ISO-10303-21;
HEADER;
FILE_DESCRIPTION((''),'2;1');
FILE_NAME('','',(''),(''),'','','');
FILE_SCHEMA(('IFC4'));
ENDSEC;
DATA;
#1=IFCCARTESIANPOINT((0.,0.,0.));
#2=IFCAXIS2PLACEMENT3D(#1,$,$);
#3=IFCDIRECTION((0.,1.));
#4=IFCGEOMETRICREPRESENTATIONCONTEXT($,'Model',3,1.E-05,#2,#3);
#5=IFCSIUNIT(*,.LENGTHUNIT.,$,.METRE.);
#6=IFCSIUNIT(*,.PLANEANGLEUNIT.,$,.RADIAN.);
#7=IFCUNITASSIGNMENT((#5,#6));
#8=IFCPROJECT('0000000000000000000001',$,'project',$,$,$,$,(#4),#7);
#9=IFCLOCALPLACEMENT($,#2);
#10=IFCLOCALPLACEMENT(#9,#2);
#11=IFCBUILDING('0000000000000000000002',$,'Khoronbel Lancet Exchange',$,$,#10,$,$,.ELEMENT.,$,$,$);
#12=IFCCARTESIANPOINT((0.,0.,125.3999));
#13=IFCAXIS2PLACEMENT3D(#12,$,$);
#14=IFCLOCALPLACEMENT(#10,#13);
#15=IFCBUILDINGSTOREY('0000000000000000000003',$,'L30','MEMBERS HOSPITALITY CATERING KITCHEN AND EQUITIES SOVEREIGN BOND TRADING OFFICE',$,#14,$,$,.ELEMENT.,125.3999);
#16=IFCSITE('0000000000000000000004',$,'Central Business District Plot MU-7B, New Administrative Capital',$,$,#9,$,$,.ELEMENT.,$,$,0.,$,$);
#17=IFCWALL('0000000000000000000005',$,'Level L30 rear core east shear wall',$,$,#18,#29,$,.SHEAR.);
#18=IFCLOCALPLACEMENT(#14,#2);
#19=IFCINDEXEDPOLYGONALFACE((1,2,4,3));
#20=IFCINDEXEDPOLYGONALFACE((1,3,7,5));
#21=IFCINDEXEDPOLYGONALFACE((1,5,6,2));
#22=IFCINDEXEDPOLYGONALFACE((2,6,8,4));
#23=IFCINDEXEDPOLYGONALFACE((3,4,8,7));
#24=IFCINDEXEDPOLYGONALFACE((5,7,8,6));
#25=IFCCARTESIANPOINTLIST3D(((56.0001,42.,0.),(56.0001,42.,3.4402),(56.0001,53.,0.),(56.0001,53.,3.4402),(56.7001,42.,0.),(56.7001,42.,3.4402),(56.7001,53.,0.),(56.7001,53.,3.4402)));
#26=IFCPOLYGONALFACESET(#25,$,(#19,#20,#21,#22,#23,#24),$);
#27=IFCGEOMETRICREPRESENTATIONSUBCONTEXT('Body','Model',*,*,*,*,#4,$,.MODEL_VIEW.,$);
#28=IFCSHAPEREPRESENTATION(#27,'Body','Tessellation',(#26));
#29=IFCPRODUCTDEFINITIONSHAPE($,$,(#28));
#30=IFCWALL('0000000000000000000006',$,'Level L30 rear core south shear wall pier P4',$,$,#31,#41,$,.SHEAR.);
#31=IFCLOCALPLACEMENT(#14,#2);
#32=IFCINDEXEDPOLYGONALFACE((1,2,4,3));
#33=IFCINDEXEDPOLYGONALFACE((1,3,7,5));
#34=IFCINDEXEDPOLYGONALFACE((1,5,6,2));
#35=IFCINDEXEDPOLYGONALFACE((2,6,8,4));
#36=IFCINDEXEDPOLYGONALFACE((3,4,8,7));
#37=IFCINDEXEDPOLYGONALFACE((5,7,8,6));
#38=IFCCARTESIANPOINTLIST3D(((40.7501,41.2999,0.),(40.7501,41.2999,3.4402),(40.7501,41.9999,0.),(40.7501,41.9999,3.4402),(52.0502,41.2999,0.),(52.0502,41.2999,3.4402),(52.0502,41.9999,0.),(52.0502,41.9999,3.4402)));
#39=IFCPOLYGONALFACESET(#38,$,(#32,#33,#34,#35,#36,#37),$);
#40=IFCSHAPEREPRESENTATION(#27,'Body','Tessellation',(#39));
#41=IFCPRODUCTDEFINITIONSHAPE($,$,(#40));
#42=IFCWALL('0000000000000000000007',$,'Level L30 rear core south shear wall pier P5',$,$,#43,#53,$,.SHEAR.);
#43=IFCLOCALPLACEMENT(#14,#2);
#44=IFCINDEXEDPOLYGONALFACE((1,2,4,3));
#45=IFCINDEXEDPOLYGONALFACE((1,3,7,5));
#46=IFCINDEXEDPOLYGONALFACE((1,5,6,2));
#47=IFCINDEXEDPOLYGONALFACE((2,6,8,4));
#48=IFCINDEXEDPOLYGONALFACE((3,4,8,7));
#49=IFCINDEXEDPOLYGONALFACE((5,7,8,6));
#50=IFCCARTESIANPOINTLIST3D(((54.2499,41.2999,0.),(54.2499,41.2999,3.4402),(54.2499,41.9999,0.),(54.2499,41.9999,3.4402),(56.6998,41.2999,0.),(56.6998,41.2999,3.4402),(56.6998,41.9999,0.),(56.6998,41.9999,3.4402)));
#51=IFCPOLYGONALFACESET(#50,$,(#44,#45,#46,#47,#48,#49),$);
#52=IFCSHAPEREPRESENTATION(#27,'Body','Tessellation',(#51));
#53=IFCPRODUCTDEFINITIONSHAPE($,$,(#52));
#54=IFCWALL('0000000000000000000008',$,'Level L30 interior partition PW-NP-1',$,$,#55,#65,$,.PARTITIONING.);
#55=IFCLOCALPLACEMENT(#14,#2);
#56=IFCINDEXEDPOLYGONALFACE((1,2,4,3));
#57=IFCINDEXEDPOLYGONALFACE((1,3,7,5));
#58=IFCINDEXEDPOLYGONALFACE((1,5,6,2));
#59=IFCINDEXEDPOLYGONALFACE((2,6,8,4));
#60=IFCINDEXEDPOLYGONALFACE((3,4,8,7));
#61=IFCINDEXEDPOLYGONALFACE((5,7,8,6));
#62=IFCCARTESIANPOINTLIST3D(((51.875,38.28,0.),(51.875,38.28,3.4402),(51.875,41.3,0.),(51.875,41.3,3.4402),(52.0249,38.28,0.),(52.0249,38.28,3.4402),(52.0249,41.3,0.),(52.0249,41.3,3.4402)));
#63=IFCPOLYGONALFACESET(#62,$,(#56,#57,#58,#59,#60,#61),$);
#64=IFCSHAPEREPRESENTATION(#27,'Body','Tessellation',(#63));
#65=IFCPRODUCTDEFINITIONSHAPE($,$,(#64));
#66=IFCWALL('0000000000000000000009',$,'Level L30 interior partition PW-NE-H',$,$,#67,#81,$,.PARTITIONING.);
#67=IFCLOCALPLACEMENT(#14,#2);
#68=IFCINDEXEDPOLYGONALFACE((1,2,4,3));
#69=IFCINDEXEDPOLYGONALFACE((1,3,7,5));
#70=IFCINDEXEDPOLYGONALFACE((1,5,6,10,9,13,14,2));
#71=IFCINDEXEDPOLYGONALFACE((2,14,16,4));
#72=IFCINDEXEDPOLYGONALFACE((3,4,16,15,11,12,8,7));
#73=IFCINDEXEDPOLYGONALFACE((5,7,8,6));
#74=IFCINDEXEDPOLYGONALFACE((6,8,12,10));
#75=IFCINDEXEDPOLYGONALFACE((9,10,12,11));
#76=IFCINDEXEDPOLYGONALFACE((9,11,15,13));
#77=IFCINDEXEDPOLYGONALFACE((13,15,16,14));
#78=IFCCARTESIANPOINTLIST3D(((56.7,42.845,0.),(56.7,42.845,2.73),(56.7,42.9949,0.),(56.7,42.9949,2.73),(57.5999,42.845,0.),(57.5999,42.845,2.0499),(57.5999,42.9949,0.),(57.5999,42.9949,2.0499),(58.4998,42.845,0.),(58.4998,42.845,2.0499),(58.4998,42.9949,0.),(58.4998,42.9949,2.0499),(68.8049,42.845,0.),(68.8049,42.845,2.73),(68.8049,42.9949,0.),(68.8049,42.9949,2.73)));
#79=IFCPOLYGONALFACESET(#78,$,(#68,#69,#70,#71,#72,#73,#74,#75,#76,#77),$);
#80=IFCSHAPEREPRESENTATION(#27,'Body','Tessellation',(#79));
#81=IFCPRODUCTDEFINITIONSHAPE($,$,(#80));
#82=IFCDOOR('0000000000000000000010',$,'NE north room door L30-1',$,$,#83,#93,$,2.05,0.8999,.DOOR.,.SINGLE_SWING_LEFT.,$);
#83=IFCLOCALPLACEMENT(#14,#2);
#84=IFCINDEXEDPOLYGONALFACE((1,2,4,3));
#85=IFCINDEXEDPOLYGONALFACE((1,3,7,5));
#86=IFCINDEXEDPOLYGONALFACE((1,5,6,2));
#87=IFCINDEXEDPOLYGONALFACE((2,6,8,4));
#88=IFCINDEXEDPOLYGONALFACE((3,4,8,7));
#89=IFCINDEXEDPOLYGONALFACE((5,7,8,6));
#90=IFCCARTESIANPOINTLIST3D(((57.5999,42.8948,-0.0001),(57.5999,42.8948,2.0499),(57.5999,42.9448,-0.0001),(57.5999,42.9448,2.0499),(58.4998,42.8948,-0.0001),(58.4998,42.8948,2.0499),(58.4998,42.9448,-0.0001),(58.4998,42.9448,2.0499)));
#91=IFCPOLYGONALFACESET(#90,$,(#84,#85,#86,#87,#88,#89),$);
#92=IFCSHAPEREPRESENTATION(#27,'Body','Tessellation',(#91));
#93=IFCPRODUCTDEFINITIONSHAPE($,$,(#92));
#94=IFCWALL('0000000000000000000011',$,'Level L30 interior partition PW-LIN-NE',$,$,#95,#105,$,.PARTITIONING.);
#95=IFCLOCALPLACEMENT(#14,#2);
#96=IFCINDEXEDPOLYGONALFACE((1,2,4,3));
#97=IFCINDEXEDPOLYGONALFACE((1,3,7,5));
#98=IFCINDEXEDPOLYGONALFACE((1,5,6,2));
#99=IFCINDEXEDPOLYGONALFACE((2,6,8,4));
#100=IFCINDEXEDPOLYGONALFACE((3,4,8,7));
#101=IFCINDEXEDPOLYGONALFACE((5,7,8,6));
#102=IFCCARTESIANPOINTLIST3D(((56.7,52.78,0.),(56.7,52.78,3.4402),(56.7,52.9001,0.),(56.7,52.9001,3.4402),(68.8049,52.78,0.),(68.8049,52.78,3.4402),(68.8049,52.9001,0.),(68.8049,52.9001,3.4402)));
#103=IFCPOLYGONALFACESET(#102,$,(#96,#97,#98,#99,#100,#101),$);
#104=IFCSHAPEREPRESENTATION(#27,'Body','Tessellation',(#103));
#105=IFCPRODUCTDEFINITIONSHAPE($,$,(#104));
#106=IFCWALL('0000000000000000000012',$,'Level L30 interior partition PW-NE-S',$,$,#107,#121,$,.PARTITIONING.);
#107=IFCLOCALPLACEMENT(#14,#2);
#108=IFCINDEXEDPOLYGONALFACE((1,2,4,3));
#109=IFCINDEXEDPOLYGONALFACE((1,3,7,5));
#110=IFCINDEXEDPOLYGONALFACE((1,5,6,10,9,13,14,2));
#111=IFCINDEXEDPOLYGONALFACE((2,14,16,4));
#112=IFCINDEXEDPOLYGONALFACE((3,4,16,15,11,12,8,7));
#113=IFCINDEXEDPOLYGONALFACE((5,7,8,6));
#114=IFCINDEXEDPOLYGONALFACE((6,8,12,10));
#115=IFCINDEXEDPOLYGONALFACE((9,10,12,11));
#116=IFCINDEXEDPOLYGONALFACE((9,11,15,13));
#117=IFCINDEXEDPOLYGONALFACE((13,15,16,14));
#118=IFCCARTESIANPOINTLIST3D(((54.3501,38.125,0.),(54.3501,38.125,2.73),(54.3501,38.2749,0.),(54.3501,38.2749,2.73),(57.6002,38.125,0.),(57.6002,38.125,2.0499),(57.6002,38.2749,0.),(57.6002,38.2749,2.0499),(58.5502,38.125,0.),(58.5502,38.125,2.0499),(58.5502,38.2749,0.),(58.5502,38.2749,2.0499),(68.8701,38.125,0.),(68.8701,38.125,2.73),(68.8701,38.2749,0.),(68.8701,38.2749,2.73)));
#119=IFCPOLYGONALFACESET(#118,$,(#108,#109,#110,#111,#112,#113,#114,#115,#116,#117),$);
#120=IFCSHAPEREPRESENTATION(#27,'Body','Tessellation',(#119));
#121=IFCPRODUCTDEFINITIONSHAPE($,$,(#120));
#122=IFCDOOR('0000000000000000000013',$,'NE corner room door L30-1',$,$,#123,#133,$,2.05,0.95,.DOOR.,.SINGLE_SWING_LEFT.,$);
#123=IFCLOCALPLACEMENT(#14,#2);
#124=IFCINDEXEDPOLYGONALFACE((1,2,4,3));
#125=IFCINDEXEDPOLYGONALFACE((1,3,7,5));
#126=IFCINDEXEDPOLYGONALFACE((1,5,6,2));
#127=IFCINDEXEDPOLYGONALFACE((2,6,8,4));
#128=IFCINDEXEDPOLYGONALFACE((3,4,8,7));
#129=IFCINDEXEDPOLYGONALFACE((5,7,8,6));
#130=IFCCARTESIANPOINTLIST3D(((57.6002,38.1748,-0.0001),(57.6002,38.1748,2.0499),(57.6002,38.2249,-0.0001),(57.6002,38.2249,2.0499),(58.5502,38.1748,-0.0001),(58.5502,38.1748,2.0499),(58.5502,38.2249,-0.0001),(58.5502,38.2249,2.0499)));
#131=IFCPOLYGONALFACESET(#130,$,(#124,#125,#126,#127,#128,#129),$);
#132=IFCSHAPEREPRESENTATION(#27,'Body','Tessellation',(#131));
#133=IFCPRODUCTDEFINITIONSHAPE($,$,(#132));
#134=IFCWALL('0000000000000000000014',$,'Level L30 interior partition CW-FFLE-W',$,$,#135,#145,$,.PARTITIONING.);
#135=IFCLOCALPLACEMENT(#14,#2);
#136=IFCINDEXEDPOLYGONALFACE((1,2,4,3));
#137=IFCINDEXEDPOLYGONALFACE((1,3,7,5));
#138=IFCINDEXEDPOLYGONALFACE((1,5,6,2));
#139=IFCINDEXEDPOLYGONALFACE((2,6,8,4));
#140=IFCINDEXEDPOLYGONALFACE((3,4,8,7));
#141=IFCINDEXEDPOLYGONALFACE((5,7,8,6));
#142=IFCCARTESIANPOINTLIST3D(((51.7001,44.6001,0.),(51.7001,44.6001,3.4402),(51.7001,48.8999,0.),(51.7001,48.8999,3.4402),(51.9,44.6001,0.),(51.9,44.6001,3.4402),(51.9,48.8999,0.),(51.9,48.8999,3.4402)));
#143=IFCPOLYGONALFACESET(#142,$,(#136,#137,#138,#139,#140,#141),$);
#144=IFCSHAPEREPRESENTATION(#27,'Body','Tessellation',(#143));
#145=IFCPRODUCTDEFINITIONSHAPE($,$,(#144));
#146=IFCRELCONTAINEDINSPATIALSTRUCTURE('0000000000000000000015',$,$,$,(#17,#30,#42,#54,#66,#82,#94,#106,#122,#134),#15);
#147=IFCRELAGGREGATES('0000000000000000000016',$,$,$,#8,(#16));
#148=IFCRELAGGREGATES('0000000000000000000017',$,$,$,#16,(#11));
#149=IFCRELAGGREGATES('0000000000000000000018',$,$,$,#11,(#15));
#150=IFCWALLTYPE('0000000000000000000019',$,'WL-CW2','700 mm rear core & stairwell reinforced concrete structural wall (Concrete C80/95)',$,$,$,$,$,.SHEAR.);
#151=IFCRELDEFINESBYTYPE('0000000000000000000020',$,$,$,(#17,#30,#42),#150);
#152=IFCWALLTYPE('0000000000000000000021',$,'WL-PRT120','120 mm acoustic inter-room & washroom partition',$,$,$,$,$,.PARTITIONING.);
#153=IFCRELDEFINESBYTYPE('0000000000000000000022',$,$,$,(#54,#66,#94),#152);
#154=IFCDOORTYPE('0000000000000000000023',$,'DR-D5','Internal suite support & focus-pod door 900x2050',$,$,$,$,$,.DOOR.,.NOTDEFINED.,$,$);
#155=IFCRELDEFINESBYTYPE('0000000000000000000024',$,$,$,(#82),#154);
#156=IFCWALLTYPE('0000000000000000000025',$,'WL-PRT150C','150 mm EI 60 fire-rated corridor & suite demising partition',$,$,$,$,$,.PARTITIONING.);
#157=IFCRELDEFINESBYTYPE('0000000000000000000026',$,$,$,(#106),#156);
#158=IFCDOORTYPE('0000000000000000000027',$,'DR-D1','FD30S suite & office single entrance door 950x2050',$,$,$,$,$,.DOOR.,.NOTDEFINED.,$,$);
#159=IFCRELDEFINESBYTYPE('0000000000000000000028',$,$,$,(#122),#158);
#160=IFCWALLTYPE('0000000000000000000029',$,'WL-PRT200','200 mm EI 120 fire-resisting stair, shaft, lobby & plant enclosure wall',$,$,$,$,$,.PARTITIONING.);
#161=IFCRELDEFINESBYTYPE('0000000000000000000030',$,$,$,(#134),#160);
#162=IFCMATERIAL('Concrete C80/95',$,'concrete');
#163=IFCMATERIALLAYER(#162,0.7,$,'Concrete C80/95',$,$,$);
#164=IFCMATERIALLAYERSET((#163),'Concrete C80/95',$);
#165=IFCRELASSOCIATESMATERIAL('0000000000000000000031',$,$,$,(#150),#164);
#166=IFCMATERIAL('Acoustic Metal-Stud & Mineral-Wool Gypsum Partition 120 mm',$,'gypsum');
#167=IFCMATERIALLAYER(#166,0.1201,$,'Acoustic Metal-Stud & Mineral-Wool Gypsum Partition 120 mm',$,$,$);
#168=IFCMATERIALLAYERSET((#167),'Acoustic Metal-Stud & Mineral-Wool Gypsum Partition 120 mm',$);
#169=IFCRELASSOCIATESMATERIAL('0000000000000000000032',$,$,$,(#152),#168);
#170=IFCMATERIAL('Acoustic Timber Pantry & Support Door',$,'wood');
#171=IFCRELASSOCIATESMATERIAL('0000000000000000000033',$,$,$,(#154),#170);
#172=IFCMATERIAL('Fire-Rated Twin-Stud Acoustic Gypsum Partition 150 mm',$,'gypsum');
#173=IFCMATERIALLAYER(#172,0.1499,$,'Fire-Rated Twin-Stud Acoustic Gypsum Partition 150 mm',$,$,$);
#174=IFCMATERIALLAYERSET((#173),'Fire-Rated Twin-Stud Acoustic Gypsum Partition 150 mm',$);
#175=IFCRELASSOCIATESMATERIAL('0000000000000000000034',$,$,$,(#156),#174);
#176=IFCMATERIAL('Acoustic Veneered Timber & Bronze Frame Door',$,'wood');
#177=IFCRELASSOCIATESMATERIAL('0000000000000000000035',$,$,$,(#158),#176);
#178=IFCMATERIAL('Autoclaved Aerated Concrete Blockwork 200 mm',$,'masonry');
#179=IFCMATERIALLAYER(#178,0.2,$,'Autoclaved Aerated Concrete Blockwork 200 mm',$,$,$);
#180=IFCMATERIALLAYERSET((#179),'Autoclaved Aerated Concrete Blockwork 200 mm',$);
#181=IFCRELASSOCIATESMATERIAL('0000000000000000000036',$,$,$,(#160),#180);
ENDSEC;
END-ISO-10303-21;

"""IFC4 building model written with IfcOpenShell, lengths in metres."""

from ifc_helpers import new_model, si_unit, direction, frame, frame_2d, origin, place, context, subcontext, project, spatial, rectangle, extrude, material, layer, layer_set, type_object, element, fill, save


model = new_model("IFC4")

# Units and contexts
model_context = context("Model", 3, precision=1e-05, world=origin(), true_north=direction((0.0, 1.0)))
body_context = subcontext(model_context, "Body", "Model", "MODEL_VIEW")
ifc_project = project(units=[si_unit("LENGTHUNIT", "METRE"), si_unit("PLANEANGLEUNIT", "RADIAN")], contexts=[model_context])

# Site, building, storey
site_placement = place(None, origin())
site = spatial("IfcSite", under=ifc_project, at=site_placement, Name="Central Business District Plot MU-7B, New Administrative Capital", CompositionType="ELEMENT", RefElevation=0.0)
building_placement = place(site_placement, origin())
building = spatial("IfcBuilding", under=site, at=building_placement, Name="Khoronbel Lancet Exchange", CompositionType="ELEMENT")
storey_placement = place(building_placement, frame((0.0, 0.0, 125.3999)))
storey = spatial("IfcBuildingStorey", under=building, at=storey_placement, Name="L30", Description="MEMBERS HOSPITALITY CATERING KITCHEN AND EQUITIES SOVEREIGN BOND TRADING OFFICE", CompositionType="ELEMENT", Elevation=125.3999)

# Shared definitions
ifc_material_1 = material(Name="Concrete C80/95", Category="concrete")

# Walls
ifc_layer_1 = layer(ifc_material_1, 0.7, Name="Concrete C80/95")
ifc_layer_set_1 = layer_set([ifc_layer_1], Name="Concrete C80/95")
wall_type_1 = type_object("IfcWallType", Name="WL-CW2", Description="700 mm rear core & stairwell reinforced concrete structural wall (Concrete C80/95)", PredefinedType="SHEAR", material=ifc_layer_set_1)
wall_1_placement = place(storey_placement, frame((56.3501, 53.0, 0.0), z_axis=(0.0, 0.0, 1.0), x_axis=(0.0, -1.0, 0.0)))
element("IfcWall", 1, at=wall_1_placement, inside=storey, type_object=wall_type_1, Name="Level L30 rear core east shear wall", PredefinedType="SHEAR", context=body_context, shape_type="SweptSolid", body=[
    extrude(rectangle(XDim=11.0, YDim=0.7, at=frame_2d((5.5, 0.0))), origin(), (0.0, 0.0, 1.0), 3.4402),
])
wall_2_placement = place(storey_placement, frame((52.05, 41.6499, 0.0), z_axis=(0.0, 0.0, 1.0), x_axis=(-1.0, 0.0, 0.0)))
element("IfcWall", 2, at=wall_2_placement, inside=storey, type_object=wall_type_1, Name="Level L30 rear core south shear wall pier P4", PredefinedType="SHEAR", context=body_context, shape_type="SweptSolid", body=[
    extrude(rectangle(XDim=11.3, YDim=0.7, at=frame_2d((5.6499, 0.0))), origin(), (0.0, 0.0, 1.0), 3.4402),
])
wall_3_placement = place(storey_placement, frame((56.7, 41.6499, 0.0), z_axis=(0.0, 0.0, 1.0), x_axis=(-1.0, 0.0, 0.0)))
element("IfcWall", 3, at=wall_3_placement, inside=storey, type_object=wall_type_1, Name="Level L30 rear core south shear wall pier P5", PredefinedType="SHEAR", context=body_context, shape_type="SweptSolid", body=[
    extrude(rectangle(XDim=2.45, YDim=0.7, at=frame_2d((1.2251, 0.0))), origin(), (0.0, 0.0, 1.0), 3.4402),
])
ifc_material_2 = material(Name="Acoustic Metal-Stud & Mineral-Wool Gypsum Partition 120 mm", Category="gypsum")
ifc_layer_2 = layer(ifc_material_2, 0.1201, Name="Acoustic Metal-Stud & Mineral-Wool Gypsum Partition 120 mm")
ifc_layer_set_2 = layer_set([ifc_layer_2], Name="Acoustic Metal-Stud & Mineral-Wool Gypsum Partition 120 mm")
wall_type_2 = type_object("IfcWallType", Name="WL-PRT120", Description="120 mm acoustic inter-room & washroom partition", PredefinedType="PARTITIONING", material=ifc_layer_set_2)
wall_4_placement = place(storey_placement, frame((51.95, 38.28, 0.0), z_axis=(0.0, 0.0, 1.0), x_axis=(0.0, 1.0, 0.0)))
element("IfcWall", 4, at=wall_4_placement, inside=storey, type_object=wall_type_2, Name="Level L30 interior partition PW-NP-1", PredefinedType="PARTITIONING", context=body_context, shape_type="SweptSolid", body=[
    extrude(rectangle(XDim=3.02, YDim=0.1499, at=frame_2d((1.51, 0.0))), origin(), (0.0, 0.0, 1.0), 3.4402),
])

# Wall, opening, door
wall_5_placement = place(storey_placement, frame((56.7, 42.9199, 0.0), z_axis=(0.0, 0.0, 1.0), x_axis=(1.0, 0.0, 0.0)))
wall_5 = element("IfcWall", 5, at=wall_5_placement, inside=storey, type_object=wall_type_2, Name="Level L30 interior partition PW-NE-H", PredefinedType="PARTITIONING", context=body_context, shape_type="SweptSolid", body=[
    extrude(rectangle(XDim=12.105, YDim=0.1499, at=frame_2d((6.0525, 0.0))), origin(), (0.0, 0.0, 1.0), 2.73),
])
opening_1_placement = place(wall_5_placement, frame((0.8999, 0.0, 0.0)))
opening_1 = element("IfcOpeningElement", 6, at=opening_1_placement, cuts=wall_5, PredefinedType="OPENING", context=body_context, shape_type="SweptSolid", body=[
    extrude(rectangle(XDim=0.8999, YDim=2.05, at=frame_2d((0.45, 1.0249))), frame((0.0, 0.085, 0.0), z_axis=(0.0, -1.0, 0.0), x_axis=(1.0, 0.0, 0.0)), (0.0, 0.0, 1.0), 0.1699),
])
ifc_material_3 = material(Name="Acoustic Timber Pantry & Support Door", Category="wood")
door_type_1 = type_object("IfcDoorType", Name="DR-D5", Description="Internal suite support & focus-pod door 900x2050", OperationType="NOTDEFINED", PredefinedType="DOOR", material=ifc_material_3)
door_1_placement = place(opening_1_placement, origin())
door_1 = element("IfcDoor", 7, at=door_1_placement, inside=storey, type_object=door_type_1, Name="NE north room door L30-1", OperationType="SINGLE_SWING_LEFT", OverallHeight=2.05, OverallWidth=0.8999, PredefinedType="DOOR", context=body_context, shape_type="SweptSolid", body=[
    extrude(rectangle(XDim=0.8999, YDim=2.05, at=frame_2d((0.45, 1.0249))), frame((0.0, 0.0249, 0.0), z_axis=(0.0, -1.0, 0.0), x_axis=(1.0, 0.0, 0.0)), (0.0, 0.0, 1.0), 0.05),
])
fill(opening_1, door_1)

# Wall
wall_6_placement = place(storey_placement, frame((56.7, 52.8401, 0.0), z_axis=(0.0, 0.0, 1.0), x_axis=(1.0, 0.0, 0.0)))
element("IfcWall", 8, at=wall_6_placement, inside=storey, type_object=wall_type_2, Name="Level L30 interior partition PW-LIN-NE", PredefinedType="PARTITIONING", context=body_context, shape_type="SweptSolid", body=[
    extrude(rectangle(XDim=12.105, YDim=0.1201, at=frame_2d((6.0525, 0.0))), origin(), (0.0, 0.0, 1.0), 3.4402),
])

# Wall, opening, door
ifc_material_4 = material(Name="Fire-Rated Twin-Stud Acoustic Gypsum Partition 150 mm", Category="gypsum")
ifc_layer_3 = layer(ifc_material_4, 0.1499, Name="Fire-Rated Twin-Stud Acoustic Gypsum Partition 150 mm")
ifc_layer_set_3 = layer_set([ifc_layer_3], Name="Fire-Rated Twin-Stud Acoustic Gypsum Partition 150 mm")
wall_type_3 = type_object("IfcWallType", Name="WL-PRT150C", Description="150 mm EI 60 fire-rated corridor & suite demising partition", PredefinedType="PARTITIONING", material=ifc_layer_set_3)
wall_7_placement = place(storey_placement, frame((54.3501, 38.2, 0.0), z_axis=(0.0, 0.0, 1.0), x_axis=(1.0, 0.0, 0.0)))
wall_7 = element("IfcWall", 9, at=wall_7_placement, inside=storey, type_object=wall_type_3, Name="Level L30 interior partition PW-NE-S", PredefinedType="PARTITIONING", context=body_context, shape_type="SweptSolid", body=[
    extrude(rectangle(XDim=14.52, YDim=0.1499, at=frame_2d((7.26, 0.0))), origin(), (0.0, 0.0, 1.0), 2.73),
])
opening_2_placement = place(wall_7_placement, frame((3.25, 0.0, 0.0)))
opening_2 = element("IfcOpeningElement", 10, at=opening_2_placement, cuts=wall_7, PredefinedType="OPENING", context=body_context, shape_type="SweptSolid", body=[
    extrude(rectangle(XDim=0.95, YDim=2.05, at=frame_2d((0.4751, 1.0249))), frame((0.0, 0.085, 0.0), z_axis=(0.0, -1.0, 0.0), x_axis=(1.0, 0.0, 0.0)), (0.0, 0.0, 1.0), 0.1699),
])
ifc_material_5 = material(Name="Acoustic Veneered Timber & Bronze Frame Door", Category="wood")
door_type_2 = type_object("IfcDoorType", Name="DR-D1", Description="FD30S suite & office single entrance door 950x2050", OperationType="NOTDEFINED", PredefinedType="DOOR", material=ifc_material_5)
door_2_placement = place(opening_2_placement, origin())
door_2 = element("IfcDoor", 11, at=door_2_placement, inside=storey, type_object=door_type_2, Name="NE corner room door L30-1", OperationType="SINGLE_SWING_LEFT", OverallHeight=2.05, OverallWidth=0.95, PredefinedType="DOOR", context=body_context, shape_type="SweptSolid", body=[
    extrude(rectangle(XDim=0.95, YDim=2.05, at=frame_2d((0.4751, 1.0249))), frame((0.0, 0.0249, 0.0), z_axis=(0.0, -1.0, 0.0), x_axis=(1.0, 0.0, 0.0)), (0.0, 0.0, 1.0), 0.05),
])
fill(opening_2, door_2)

# Wall
ifc_material_6 = material(Name="Autoclaved Aerated Concrete Blockwork 200 mm", Category="masonry")
ifc_layer_4 = layer(ifc_material_6, 0.2, Name="Autoclaved Aerated Concrete Blockwork 200 mm")
ifc_layer_set_4 = layer_set([ifc_layer_4], Name="Autoclaved Aerated Concrete Blockwork 200 mm")
wall_type_4 = type_object("IfcWallType", Name="WL-PRT200", Description="200 mm EI 120 fire-resisting stair, shaft, lobby & plant enclosure wall", PredefinedType="PARTITIONING", material=ifc_layer_set_4)
wall_8_placement = place(storey_placement, frame((51.8, 44.6001, 0.0), z_axis=(0.0, 0.0, 1.0), x_axis=(0.0, 1.0, 0.0)))
element("IfcWall", 12, at=wall_8_placement, inside=storey, type_object=wall_type_4, Name="Level L30 interior partition CW-FFLE-W", PredefinedType="PARTITIONING", context=body_context, shape_type="SweptSolid", body=[
    extrude(rectangle(XDim=4.2998, YDim=0.2, at=frame_2d((2.1499, 0.0))), origin(), (0.0, 0.0, 1.0), 3.4402),
])

save(model, "model.ifc")
